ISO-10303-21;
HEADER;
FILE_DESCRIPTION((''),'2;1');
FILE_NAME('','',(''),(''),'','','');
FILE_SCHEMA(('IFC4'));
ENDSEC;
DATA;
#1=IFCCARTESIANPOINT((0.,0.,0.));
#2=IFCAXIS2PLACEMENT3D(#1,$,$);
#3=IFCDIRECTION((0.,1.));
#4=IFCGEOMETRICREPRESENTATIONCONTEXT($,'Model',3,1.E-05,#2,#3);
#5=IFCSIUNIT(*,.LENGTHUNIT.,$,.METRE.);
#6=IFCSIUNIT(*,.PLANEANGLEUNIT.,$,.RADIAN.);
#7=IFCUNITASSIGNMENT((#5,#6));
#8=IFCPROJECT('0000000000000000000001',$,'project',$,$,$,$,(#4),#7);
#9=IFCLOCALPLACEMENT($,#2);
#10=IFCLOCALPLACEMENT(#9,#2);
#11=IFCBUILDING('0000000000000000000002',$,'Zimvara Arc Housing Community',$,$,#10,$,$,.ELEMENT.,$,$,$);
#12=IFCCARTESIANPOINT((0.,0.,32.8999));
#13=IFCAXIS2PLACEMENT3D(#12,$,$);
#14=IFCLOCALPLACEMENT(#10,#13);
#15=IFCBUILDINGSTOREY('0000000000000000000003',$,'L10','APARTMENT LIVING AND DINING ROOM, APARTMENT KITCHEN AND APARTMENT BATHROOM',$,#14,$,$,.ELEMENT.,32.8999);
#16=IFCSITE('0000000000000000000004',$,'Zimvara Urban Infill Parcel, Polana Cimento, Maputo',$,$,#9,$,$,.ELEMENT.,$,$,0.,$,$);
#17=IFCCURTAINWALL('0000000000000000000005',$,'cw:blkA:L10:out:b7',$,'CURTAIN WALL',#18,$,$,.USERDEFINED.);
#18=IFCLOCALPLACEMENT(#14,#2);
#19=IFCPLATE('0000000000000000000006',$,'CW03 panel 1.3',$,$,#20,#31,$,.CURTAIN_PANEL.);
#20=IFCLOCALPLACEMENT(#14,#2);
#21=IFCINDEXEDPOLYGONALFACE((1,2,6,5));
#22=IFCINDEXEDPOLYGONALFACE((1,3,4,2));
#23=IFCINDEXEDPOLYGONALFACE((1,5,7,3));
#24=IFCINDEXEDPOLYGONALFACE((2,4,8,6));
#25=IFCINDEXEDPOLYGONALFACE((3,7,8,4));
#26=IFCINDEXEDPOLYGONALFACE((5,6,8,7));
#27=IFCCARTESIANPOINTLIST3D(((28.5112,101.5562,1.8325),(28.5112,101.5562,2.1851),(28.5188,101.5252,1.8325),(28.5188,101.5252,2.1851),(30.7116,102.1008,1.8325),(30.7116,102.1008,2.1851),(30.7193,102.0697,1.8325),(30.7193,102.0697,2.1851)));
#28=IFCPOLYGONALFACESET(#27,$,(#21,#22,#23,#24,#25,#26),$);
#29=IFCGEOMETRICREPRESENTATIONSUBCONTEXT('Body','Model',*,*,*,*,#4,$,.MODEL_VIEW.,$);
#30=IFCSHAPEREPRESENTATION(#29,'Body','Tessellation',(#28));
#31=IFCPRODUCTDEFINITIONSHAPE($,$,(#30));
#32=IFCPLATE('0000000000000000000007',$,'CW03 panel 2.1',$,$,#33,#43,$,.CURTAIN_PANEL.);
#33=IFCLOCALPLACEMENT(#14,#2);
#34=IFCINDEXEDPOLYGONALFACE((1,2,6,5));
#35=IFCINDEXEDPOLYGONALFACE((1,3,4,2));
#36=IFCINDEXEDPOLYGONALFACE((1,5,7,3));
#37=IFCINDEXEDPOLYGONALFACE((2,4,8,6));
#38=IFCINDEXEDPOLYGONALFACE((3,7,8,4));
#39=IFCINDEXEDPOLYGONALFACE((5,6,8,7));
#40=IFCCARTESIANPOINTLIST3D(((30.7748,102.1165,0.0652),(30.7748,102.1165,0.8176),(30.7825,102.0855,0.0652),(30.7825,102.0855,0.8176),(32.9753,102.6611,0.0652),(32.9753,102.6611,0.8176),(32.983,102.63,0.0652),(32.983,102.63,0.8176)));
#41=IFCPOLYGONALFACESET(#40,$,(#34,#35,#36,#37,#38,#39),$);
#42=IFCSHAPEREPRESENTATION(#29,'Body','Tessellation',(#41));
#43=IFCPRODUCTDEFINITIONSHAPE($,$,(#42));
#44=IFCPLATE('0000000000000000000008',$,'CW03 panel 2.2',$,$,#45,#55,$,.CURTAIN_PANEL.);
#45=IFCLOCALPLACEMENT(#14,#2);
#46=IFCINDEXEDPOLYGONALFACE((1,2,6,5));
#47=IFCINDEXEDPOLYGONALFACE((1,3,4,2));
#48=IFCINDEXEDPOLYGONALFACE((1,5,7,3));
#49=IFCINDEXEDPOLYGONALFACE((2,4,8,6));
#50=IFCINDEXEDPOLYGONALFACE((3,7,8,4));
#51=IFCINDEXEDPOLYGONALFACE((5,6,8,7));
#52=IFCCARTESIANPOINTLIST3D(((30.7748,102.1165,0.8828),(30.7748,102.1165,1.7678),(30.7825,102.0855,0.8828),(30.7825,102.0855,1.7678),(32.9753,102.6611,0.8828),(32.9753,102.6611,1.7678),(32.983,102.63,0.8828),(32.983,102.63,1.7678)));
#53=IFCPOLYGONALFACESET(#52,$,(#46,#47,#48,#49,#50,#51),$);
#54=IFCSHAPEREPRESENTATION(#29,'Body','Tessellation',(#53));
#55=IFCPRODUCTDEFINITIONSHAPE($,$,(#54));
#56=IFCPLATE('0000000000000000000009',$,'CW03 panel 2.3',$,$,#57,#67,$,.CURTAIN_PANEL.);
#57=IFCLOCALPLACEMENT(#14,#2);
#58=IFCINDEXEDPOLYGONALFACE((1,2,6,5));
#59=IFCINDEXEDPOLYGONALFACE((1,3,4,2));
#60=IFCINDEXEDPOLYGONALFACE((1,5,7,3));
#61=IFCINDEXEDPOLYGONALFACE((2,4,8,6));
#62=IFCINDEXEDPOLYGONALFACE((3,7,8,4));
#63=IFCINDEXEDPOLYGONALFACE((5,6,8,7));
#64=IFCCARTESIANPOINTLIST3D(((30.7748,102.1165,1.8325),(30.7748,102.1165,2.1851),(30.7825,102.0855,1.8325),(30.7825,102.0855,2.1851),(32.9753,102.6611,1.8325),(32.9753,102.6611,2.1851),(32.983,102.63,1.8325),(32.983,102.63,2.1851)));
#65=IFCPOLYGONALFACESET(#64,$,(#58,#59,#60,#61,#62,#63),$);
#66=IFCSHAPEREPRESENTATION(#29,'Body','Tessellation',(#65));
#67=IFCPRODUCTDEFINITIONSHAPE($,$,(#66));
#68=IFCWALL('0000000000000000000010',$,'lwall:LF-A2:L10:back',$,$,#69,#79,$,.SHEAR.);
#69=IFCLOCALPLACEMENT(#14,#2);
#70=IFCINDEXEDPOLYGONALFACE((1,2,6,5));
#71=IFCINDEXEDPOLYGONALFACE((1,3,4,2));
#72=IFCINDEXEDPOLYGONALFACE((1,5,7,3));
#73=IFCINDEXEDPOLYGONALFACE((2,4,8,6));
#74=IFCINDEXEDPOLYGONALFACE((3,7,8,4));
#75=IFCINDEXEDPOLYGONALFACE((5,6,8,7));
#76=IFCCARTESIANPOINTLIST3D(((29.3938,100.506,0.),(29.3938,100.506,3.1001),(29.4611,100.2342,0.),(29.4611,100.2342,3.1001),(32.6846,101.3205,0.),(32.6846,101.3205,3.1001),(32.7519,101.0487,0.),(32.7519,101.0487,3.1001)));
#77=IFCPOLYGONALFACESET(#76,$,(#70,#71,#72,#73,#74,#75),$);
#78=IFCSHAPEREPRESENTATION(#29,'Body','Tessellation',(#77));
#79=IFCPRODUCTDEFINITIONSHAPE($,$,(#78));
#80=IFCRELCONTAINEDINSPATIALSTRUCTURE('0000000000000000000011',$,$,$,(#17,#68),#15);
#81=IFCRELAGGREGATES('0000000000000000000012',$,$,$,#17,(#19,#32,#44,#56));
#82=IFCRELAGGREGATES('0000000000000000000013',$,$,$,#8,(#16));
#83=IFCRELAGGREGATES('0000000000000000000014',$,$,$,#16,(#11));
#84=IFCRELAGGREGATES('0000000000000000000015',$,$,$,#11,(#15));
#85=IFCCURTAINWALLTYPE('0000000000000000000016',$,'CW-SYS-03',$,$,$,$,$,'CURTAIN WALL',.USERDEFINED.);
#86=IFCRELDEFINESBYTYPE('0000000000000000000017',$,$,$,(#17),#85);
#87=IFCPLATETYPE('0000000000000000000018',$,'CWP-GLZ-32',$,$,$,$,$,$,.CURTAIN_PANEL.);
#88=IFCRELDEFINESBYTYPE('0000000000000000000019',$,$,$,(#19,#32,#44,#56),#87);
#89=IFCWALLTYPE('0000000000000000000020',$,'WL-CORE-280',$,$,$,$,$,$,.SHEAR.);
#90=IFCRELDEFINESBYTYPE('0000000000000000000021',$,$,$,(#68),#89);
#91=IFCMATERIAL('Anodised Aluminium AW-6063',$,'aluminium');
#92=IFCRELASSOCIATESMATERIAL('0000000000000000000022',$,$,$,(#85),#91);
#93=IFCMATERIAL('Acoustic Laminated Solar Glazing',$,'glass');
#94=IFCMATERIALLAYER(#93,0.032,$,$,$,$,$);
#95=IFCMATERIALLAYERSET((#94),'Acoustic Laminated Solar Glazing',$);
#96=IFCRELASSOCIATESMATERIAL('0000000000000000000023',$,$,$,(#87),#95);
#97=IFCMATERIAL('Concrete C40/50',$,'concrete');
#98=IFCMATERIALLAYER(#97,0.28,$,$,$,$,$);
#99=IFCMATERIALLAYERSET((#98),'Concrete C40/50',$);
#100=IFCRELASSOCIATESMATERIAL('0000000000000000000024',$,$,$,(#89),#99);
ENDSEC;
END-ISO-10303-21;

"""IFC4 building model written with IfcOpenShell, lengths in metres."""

from ifc_helpers import new_model, si_unit, direction, frame, frame_2d, origin, origin_2d, place, context, subcontext, project, spatial, rectangle, extrude, material, layer, layer_set, type_object, element, aggregate, save


model = new_model("IFC4")

# Units and contexts
model_context = context("Model", 3, precision=1e-05, world=origin(), true_north=direction((0.0, 1.0)))
body_context = subcontext(model_context, "Body", "Model", "MODEL_VIEW")
ifc_project = project(units=[si_unit("LENGTHUNIT", "METRE"), si_unit("PLANEANGLEUNIT", "RADIAN")], contexts=[model_context])

# Site, building, storey
site_placement = place(None, origin())
site = spatial("IfcSite", under=ifc_project, at=site_placement, Name="Zimvara Urban Infill Parcel, Polana Cimento, Maputo", CompositionType="ELEMENT", RefElevation=0.0)
building_placement = place(site_placement, origin())
building = spatial("IfcBuilding", under=site, at=building_placement, Name="Zimvara Arc Housing Community", CompositionType="ELEMENT")
storey_placement = place(building_placement, frame((0.0, 0.0, 32.8999)))
storey = spatial("IfcBuildingStorey", under=building, at=storey_placement, Name="L10", Description="APARTMENT LIVING AND DINING ROOM, APARTMENT KITCHEN AND APARTMENT BATHROOM", CompositionType="ELEMENT", Elevation=32.8999)

# Curtain wall
ifc_material_1 = material(Name="Anodised Aluminium AW-6063", Category="aluminium")
curtain_wall_type_1 = type_object("IfcCurtainWallType", Name="CW-SYS-03", ElementType="CURTAIN WALL", PredefinedType="USERDEFINED", material=ifc_material_1)
curtain_wall_1_placement = place(storey_placement, origin())
curtain_wall_1 = element("IfcCurtainWall", 1, at=curtain_wall_1_placement, inside=storey, type_object=curtain_wall_type_1, Name="cw:blkA:L10:out:b7", ObjectType="CURTAIN WALL", PredefinedType="USERDEFINED")

# Plates
ifc_material_2 = material(Name="Acoustic Laminated Solar Glazing", Category="glass")
ifc_layer_1 = layer(ifc_material_2, 0.032)
ifc_layer_set_1 = layer_set([ifc_layer_1], Name="Acoustic Laminated Solar Glazing")
plate_type_1 = type_object("IfcPlateType", Name="CWP-GLZ-32", PredefinedType="CURTAIN_PANEL", material=ifc_layer_set_1)
plate_1_placement = place(storey_placement, frame((29.6152, 101.813, 1.8325), z_axis=(0.0, 0.0, 1.0), x_axis=(0.970716, 0.24023, 0.0)))
plate_1 = element("IfcPlate", 2, at=plate_1_placement, type_object=plate_type_1, Name="CW03 panel 1.3", PredefinedType="CURTAIN_PANEL", context=body_context, shape_type="SweptSolid", body=[
    extrude(rectangle(XDim=2.2668, YDim=0.032, at=origin_2d()), origin(), (0.0, 0.0, 1.0), 0.3525),
])
plate_2_placement = place(storey_placement, frame((31.8789, 102.3733, 0.0652), z_axis=(0.0, 0.0, 1.0), x_axis=(0.970716, 0.24023, 0.0)))
plate_2 = element("IfcPlate", 3, at=plate_2_placement, type_object=plate_type_1, Name="CW03 panel 2.1", PredefinedType="CURTAIN_PANEL", context=body_context, shape_type="SweptSolid", body=[
    extrude(rectangle(XDim=2.2668, YDim=0.032, at=origin_2d()), origin(), (0.0, 0.0, 1.0), 0.7524),
])
plate_3_placement = place(storey_placement, frame((31.8789, 102.3733, 0.8828), z_axis=(0.0, 0.0, 1.0), x_axis=(0.970716, 0.24023, 0.0)))
plate_3 = element("IfcPlate", 4, at=plate_3_placement, type_object=plate_type_1, Name="CW03 panel 2.2", PredefinedType="CURTAIN_PANEL", context=body_context, shape_type="SweptSolid", body=[
    extrude(rectangle(XDim=2.2668, YDim=0.032, at=origin_2d()), origin(), (0.0, 0.0, 1.0), 0.885),
])
plate_4_placement = place(storey_placement, frame((31.8789, 102.3733, 1.8325), z_axis=(0.0, 0.0, 1.0), x_axis=(0.970716, 0.24023, 0.0)))
plate_4 = element("IfcPlate", 5, at=plate_4_placement, type_object=plate_type_1, Name="CW03 panel 2.3", PredefinedType="CURTAIN_PANEL", context=body_context, shape_type="SweptSolid", body=[
    extrude(rectangle(XDim=2.2668, YDim=0.032, at=origin_2d()), origin(), (0.0, 0.0, 1.0), 0.3525),
])
aggregate(curtain_wall_1, [plate_1, plate_2, plate_3, plate_4])

# Wall
ifc_material_3 = material(Name="Concrete C40/50", Category="concrete")
ifc_layer_2 = layer(ifc_material_3, 0.28)
ifc_layer_set_2 = layer_set([ifc_layer_2], Name="Concrete C40/50")
wall_type = type_object("IfcWallType", Name="WL-CORE-280", PredefinedType="SHEAR", material=ifc_layer_set_2)
wall_placement = place(storey_placement, frame((32.7183, 101.1846, 0.0), z_axis=(0.0, 0.0, 1.0), x_axis=(-0.970712, -0.240247, 0.0)))
element("IfcWall", 6, at=wall_placement, inside=storey, type_object=wall_type, Name="lwall:LF-A2:L10:back", PredefinedType="SHEAR", context=body_context, shape_type="SweptSolid", body=[
    extrude(rectangle(XDim=3.3901, YDim=0.28, at=frame_2d((1.6951, 0.0))), origin(), (0.0, 0.0, 1.0), 3.1001),
])

save(model, "model.ifc")
